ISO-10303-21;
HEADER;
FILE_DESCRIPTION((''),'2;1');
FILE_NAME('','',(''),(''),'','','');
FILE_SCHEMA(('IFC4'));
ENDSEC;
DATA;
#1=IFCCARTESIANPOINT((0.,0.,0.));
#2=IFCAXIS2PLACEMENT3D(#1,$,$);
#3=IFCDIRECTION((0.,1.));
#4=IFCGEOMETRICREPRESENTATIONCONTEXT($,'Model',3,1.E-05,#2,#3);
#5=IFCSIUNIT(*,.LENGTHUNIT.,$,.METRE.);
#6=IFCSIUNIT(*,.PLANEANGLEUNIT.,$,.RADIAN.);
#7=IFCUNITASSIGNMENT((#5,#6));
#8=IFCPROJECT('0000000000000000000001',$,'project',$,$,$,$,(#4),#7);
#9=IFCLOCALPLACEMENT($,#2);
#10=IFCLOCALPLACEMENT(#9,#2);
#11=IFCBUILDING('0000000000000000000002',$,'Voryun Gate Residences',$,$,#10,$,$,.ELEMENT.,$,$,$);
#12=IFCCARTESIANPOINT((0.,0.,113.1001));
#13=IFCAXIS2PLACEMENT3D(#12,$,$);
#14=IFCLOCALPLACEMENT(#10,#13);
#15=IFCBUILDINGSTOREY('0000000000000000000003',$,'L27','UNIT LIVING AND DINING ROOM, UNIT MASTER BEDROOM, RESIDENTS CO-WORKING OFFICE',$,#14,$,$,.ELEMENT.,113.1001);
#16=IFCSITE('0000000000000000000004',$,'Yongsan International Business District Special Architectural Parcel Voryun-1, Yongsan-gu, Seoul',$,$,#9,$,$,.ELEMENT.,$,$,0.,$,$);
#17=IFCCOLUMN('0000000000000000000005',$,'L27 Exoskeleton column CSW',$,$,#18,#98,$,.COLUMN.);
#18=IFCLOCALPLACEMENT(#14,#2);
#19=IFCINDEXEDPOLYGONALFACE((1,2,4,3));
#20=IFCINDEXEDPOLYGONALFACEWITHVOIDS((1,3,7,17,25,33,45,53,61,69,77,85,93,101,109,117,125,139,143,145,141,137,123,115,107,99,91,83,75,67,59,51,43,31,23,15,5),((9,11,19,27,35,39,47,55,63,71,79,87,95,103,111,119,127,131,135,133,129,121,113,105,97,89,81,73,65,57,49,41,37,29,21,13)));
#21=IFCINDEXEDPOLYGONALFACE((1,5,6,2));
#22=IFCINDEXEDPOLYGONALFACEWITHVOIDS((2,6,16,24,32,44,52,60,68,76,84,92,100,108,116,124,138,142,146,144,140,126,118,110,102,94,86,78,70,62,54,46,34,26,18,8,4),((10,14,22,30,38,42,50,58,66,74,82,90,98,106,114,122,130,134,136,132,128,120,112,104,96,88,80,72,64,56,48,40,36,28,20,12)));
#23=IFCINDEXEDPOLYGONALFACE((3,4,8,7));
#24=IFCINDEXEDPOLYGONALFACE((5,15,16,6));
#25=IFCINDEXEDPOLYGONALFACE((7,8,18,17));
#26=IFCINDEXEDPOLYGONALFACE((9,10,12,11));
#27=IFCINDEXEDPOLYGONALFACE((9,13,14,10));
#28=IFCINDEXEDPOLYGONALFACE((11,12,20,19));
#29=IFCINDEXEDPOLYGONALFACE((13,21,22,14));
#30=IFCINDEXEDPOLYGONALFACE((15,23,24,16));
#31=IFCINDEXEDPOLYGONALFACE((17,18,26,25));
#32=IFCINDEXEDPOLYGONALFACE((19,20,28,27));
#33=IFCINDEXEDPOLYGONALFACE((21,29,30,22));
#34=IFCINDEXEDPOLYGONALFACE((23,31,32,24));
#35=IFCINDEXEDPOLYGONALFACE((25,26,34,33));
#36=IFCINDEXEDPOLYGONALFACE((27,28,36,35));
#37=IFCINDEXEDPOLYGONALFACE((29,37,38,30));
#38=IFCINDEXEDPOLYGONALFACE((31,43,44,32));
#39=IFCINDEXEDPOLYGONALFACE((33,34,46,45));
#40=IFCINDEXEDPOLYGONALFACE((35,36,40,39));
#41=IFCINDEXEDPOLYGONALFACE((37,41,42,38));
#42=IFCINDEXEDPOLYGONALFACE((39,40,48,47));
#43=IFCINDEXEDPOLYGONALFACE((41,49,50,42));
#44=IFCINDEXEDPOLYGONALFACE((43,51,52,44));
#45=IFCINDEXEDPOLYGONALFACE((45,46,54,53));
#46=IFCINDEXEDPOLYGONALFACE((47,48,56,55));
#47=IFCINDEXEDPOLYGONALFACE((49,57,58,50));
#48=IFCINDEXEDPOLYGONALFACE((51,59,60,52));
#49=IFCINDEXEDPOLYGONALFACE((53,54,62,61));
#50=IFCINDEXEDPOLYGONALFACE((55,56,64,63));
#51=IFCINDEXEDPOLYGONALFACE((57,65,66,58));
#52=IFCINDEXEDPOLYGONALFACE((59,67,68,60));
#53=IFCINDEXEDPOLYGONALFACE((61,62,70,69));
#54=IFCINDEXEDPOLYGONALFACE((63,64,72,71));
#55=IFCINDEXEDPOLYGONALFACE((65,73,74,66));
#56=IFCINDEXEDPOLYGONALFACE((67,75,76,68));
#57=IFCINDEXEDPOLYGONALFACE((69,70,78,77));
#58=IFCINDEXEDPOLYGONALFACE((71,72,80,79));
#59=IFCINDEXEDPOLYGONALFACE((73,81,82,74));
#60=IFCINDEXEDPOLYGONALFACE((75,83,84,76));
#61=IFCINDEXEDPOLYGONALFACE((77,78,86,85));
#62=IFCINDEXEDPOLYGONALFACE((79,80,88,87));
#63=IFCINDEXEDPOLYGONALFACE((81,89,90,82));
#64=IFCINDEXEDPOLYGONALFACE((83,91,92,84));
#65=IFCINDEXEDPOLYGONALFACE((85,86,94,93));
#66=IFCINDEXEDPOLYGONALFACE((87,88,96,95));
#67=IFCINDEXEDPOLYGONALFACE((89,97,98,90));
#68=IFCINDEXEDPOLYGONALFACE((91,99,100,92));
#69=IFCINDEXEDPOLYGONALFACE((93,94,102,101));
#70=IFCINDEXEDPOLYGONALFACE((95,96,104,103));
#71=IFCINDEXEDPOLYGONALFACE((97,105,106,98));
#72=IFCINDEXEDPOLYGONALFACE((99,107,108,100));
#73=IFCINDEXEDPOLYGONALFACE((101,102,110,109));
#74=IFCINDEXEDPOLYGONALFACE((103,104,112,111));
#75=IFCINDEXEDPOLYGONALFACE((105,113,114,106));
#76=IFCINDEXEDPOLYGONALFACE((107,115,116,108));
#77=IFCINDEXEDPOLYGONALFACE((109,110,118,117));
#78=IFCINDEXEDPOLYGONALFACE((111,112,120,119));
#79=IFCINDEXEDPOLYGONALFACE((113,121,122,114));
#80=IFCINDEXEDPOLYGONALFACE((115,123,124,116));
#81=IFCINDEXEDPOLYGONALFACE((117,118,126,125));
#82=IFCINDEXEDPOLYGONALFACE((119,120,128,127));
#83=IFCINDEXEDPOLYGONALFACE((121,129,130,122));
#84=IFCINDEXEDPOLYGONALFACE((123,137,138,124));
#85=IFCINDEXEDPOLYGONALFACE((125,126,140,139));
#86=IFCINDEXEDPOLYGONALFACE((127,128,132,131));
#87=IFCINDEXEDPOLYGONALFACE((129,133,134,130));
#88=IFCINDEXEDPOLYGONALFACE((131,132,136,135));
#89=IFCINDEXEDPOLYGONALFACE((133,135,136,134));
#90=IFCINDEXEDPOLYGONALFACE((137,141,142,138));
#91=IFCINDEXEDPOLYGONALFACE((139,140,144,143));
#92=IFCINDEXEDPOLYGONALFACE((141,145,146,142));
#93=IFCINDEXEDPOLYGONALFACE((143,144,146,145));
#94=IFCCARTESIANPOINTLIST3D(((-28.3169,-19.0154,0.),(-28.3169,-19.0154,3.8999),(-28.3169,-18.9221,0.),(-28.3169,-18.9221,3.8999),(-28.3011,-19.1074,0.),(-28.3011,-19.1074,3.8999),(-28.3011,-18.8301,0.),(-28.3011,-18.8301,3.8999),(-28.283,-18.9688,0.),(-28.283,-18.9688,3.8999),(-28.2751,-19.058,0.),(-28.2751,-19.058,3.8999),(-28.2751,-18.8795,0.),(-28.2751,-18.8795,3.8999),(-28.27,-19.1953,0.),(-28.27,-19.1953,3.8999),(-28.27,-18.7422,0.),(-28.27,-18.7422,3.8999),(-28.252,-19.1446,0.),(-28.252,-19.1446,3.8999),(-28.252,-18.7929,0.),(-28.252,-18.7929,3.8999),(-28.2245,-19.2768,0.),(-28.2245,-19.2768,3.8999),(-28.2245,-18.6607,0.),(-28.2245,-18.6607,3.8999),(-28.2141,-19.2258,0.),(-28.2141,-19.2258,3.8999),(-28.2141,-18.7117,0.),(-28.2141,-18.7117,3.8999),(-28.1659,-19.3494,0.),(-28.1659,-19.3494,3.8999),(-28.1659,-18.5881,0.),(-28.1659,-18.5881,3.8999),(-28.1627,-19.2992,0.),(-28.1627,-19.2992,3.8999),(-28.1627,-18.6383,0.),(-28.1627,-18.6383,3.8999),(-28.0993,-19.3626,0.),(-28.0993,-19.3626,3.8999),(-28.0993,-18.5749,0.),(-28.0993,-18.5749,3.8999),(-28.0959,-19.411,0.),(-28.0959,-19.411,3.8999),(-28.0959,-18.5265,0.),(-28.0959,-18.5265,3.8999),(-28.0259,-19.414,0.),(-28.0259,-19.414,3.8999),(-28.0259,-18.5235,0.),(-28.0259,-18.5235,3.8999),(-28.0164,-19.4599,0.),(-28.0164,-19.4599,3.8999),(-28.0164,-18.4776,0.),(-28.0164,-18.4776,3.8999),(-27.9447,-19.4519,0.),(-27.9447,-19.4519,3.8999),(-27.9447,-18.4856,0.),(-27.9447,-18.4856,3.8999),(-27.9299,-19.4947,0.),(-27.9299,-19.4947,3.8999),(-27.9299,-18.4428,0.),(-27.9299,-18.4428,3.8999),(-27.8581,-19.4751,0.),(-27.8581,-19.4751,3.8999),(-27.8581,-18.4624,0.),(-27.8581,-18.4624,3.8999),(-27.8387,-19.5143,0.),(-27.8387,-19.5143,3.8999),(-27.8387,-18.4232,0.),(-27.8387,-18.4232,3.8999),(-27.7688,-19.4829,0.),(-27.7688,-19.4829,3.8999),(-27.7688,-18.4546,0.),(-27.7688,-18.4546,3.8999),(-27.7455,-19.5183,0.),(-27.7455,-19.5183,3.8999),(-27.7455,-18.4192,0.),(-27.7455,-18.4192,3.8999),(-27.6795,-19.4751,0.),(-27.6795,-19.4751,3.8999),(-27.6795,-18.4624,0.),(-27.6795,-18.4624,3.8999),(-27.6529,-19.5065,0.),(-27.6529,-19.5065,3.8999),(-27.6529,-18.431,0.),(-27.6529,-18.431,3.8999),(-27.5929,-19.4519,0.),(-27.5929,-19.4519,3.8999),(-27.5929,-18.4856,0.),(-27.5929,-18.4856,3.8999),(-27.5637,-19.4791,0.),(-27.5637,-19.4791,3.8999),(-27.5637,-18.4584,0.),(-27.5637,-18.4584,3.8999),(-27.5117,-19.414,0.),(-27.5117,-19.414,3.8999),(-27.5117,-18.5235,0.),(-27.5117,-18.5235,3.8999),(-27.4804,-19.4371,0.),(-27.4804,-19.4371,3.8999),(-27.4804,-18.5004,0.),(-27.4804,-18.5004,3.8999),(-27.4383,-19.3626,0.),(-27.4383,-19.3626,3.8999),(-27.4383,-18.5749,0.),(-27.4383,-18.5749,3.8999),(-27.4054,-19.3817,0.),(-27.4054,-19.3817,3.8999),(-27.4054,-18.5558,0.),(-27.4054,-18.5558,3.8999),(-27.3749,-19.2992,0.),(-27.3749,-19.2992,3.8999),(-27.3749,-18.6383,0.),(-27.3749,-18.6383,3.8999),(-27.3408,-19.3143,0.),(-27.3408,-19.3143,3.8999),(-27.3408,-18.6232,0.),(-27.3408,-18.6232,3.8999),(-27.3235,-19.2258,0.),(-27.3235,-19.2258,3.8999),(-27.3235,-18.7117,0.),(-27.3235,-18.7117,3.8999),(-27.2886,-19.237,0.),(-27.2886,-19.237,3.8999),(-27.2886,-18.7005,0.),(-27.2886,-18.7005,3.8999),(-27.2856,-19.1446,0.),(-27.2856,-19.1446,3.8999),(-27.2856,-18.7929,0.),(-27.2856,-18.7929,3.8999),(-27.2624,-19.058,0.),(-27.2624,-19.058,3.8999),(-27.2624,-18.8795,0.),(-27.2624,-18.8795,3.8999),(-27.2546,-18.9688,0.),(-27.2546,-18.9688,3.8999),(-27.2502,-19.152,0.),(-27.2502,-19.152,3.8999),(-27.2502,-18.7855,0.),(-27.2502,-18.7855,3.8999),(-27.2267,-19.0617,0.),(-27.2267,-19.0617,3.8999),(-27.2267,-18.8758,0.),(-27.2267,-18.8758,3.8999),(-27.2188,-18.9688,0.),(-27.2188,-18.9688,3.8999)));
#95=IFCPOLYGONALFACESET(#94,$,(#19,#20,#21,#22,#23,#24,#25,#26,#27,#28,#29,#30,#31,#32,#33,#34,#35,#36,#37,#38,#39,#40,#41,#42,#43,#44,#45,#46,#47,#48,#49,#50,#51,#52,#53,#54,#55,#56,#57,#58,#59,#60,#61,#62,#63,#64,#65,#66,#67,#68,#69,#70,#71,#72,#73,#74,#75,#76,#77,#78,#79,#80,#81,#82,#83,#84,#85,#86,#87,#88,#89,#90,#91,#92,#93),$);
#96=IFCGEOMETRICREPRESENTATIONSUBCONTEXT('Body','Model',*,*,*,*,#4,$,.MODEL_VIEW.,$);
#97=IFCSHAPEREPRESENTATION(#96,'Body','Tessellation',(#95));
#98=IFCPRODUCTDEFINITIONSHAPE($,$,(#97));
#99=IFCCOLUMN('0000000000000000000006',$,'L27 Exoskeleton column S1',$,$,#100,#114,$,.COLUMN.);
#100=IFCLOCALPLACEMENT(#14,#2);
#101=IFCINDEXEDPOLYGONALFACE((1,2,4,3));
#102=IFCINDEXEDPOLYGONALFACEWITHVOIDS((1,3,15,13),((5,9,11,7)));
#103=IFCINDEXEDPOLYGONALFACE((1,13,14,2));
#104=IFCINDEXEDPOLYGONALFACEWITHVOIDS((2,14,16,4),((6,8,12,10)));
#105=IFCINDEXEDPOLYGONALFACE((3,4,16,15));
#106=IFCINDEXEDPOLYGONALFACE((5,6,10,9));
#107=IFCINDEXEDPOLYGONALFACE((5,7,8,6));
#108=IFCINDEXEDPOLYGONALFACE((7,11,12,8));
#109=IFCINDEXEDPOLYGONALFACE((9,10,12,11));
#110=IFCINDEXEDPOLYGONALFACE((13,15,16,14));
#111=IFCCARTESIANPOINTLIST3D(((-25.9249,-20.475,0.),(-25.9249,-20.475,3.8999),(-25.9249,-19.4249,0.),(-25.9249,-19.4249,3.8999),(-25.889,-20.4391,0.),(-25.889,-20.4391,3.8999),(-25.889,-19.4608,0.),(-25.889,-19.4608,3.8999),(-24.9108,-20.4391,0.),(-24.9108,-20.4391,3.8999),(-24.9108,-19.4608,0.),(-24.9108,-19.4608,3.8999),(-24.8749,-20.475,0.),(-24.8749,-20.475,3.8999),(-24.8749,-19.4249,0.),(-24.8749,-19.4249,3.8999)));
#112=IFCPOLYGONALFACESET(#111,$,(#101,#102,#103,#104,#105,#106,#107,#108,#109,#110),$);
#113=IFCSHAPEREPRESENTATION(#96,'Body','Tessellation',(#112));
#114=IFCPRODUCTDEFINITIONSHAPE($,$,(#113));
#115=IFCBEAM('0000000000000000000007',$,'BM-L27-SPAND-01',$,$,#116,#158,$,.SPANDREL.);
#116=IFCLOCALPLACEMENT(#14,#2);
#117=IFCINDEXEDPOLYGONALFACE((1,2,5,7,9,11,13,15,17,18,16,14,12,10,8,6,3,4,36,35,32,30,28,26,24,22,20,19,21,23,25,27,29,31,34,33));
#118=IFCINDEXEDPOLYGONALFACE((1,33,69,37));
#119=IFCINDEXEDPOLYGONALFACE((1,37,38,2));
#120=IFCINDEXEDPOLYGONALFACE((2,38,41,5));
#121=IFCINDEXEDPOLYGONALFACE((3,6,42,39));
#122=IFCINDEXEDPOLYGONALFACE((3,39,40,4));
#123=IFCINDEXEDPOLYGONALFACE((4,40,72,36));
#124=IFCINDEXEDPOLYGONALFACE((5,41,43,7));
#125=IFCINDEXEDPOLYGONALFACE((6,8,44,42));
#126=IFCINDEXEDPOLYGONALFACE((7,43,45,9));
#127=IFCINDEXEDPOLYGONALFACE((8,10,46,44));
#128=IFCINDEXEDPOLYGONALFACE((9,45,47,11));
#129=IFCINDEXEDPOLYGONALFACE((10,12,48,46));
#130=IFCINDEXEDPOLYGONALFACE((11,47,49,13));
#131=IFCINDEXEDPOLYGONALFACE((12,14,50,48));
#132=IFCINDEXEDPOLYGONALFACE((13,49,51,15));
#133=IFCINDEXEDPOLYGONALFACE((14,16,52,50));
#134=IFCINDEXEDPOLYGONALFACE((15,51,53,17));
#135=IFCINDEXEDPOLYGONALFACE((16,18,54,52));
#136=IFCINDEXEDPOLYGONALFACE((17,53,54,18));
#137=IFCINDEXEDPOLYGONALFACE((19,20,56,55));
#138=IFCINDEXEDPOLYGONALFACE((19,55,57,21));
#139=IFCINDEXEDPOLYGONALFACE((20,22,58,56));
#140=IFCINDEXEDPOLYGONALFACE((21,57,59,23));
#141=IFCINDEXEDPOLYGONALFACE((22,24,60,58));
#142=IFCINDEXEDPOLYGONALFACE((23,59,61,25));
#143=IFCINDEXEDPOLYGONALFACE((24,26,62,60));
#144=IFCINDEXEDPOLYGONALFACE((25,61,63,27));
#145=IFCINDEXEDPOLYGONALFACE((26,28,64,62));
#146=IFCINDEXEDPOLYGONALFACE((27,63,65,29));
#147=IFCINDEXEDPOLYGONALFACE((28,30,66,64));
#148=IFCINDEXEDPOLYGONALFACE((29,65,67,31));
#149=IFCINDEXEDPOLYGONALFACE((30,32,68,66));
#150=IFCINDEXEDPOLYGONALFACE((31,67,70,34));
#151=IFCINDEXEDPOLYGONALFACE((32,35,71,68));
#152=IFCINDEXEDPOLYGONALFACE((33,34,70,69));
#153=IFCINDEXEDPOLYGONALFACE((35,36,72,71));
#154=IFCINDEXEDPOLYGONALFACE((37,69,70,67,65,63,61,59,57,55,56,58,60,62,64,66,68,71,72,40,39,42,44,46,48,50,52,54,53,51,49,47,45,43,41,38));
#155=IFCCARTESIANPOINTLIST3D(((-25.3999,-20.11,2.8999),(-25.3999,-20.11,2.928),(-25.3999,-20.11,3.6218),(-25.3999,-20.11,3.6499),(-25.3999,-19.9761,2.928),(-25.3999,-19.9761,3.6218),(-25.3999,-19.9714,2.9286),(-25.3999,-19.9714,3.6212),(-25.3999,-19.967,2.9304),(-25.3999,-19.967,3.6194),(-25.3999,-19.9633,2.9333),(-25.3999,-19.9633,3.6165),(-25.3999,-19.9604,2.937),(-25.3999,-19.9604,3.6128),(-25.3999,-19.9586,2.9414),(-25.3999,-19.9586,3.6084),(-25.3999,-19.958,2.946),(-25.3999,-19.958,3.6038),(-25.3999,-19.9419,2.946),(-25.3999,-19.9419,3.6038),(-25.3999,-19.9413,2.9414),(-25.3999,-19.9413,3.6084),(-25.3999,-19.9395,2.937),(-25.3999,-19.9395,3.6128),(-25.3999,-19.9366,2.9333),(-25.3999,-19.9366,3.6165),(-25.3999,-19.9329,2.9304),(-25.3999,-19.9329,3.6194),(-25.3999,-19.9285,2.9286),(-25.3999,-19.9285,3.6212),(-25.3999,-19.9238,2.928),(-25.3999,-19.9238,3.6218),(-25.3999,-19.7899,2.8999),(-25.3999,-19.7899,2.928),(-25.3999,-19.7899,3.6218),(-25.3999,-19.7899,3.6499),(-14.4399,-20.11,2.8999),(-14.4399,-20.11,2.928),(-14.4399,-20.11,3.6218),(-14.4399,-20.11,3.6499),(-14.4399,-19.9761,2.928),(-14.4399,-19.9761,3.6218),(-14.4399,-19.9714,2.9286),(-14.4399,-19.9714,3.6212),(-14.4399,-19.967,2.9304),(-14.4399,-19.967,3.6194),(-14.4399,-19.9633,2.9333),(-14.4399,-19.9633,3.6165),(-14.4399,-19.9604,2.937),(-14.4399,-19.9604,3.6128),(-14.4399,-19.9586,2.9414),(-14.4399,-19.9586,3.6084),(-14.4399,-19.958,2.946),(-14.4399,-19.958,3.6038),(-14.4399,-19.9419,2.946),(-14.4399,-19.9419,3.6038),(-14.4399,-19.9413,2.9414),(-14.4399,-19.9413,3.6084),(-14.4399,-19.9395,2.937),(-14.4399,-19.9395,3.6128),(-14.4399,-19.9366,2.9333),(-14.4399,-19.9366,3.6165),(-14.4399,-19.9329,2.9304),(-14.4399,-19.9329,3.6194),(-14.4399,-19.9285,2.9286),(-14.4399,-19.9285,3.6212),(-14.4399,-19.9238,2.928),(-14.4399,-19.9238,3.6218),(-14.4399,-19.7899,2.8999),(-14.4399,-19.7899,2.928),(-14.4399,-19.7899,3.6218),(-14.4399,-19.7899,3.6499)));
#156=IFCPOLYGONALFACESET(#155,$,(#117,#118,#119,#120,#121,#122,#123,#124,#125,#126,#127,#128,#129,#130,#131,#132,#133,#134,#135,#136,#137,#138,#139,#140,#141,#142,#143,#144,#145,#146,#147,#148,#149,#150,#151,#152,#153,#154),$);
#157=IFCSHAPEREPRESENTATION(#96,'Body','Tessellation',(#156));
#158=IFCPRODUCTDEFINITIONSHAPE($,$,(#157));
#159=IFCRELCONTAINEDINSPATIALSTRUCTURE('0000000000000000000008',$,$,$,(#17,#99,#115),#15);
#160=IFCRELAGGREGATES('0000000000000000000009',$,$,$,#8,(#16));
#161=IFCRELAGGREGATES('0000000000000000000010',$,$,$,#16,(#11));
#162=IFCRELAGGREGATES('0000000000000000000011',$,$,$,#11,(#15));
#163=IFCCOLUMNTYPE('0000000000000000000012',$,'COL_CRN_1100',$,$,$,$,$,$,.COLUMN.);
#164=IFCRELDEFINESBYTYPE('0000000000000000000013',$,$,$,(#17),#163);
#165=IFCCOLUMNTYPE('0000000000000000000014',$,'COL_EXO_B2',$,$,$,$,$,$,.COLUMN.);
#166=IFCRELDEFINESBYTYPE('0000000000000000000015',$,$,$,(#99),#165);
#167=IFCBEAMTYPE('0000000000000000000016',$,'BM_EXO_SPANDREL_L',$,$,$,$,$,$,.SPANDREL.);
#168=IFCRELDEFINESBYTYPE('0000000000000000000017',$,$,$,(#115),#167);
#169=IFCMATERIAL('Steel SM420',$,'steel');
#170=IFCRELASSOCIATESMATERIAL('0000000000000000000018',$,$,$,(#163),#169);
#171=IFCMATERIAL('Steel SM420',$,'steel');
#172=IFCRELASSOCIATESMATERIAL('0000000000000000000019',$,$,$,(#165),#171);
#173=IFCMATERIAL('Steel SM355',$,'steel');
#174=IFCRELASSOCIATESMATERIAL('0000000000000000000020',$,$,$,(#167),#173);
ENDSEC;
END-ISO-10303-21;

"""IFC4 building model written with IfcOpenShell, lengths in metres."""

from ifc_helpers import new_model, si_unit, direction, frame, origin, origin_2d, place, context, subcontext, project, spatial, hollow_rectangle, hollow_circle, i_section, extrude, material, material_profile, profile_set, type_object, element, save


model = new_model("IFC4")

# Units and contexts
model_context = context("Model", 3, precision=1e-05, world=origin(), true_north=direction((0.0, 1.0)))
body_context = subcontext(model_context, "Body", "Model", "MODEL_VIEW")
ifc_project = project(units=[si_unit("LENGTHUNIT", "METRE"), si_unit("PLANEANGLEUNIT", "RADIAN")], contexts=[model_context])

# Site, building, storey
site_placement = place(None, origin())
site = spatial("IfcSite", under=ifc_project, at=site_placement, Name="Yongsan International Business District Special Architectural Parcel Voryun-1, Yongsan-gu, Seoul", CompositionType="ELEMENT", RefElevation=0.0)
building_placement = place(site_placement, origin())
building = spatial("IfcBuilding", under=site, at=building_placement, Name="Voryun Gate Residences", CompositionType="ELEMENT")
storey_placement = place(building_placement, frame((0.0, 0.0, 113.1001)))
storey = spatial("IfcBuildingStorey", under=building, at=storey_placement, Name="L27", Description="UNIT LIVING AND DINING ROOM, UNIT MASTER BEDROOM, RESIDENTS CO-WORKING OFFICE", CompositionType="ELEMENT", Elevation=113.1001)

# Columns
ifc_material_1 = material(Name="Steel SM420", Category="steel")
ifc_material_profile_1 = material_profile(ifc_material_1, hollow_circle(Radius=0.55, WallThickness=0.0359, at=origin_2d()), Name="CHS-1100x36")
ifc_profile_set_1 = profile_set([ifc_material_profile_1], Name="Steel SM420")
column_type_1 = type_object("IfcColumnType", Name="COL_CRN_1100", PredefinedType="COLUMN", material=ifc_profile_set_1)
column_1_placement = place(storey_placement, frame((-27.7688, -18.9688, 0.0), z_axis=(0.0, 0.0, 1.0), x_axis=(1.0, 0.0, 0.0)))
element("IfcColumn", 1, at=column_1_placement, inside=storey, type_object=column_type_1, Name="L27 Exoskeleton column CSW", PredefinedType="COLUMN", context=body_context, shape_type="SweptSolid", body=[
    extrude(hollow_circle(Radius=0.55, WallThickness=0.0359, at=origin_2d()), origin(), (0.0, 0.0, 1.0), 3.8999),
])
ifc_material_2 = material(Name="Steel SM420", Category="steel")
ifc_material_profile_2 = material_profile(ifc_material_2, hollow_rectangle(XDim=1.05, YDim=1.05, WallThickness=0.0359, at=origin_2d()), Name="BOX-1050x1050x36")
ifc_profile_set_2 = profile_set([ifc_material_profile_2], Name="Steel SM420")
column_type_2 = type_object("IfcColumnType", Name="COL_EXO_B2", PredefinedType="COLUMN", material=ifc_profile_set_2)
column_2_placement = place(storey_placement, frame((-25.3999, -19.95, 0.0), z_axis=(0.0, 0.0, 1.0), x_axis=(1.0, 0.0, 0.0)))
element("IfcColumn", 2, at=column_2_placement, inside=storey, type_object=column_type_2, Name="L27 Exoskeleton column S1", PredefinedType="COLUMN", context=body_context, shape_type="SweptSolid", body=[
    extrude(hollow_rectangle(XDim=1.05, YDim=1.05, WallThickness=0.0359, at=origin_2d()), origin(), (0.0, 0.0, 1.0), 3.8999),
])

# Beam
ifc_material_3 = material(Name="Steel SM355", Category="steel")
ifc_material_profile_3 = material_profile(ifc_material_3, i_section(OverallWidth=0.3201, OverallDepth=0.75, WebThickness=0.0161, FlangeThickness=0.0281, FilletRadius=0.0181, at=origin_2d()), Name="H-750x320x16x28")
ifc_profile_set_3 = profile_set([ifc_material_profile_3], Name="Steel SM355")
beam_type = type_object("IfcBeamType", Name="BM_EXO_SPANDREL_L", PredefinedType="SPANDREL", material=ifc_profile_set_3)
beam_1_placement = place(storey_placement, frame((-25.3999, -19.95, 3.2749), z_axis=(1.0, 0.0, 0.0), x_axis=(0.0, 1.0, 0.0)))
element("IfcBeam", 3, at=beam_1_placement, inside=storey, type_object=beam_type, Name="BM-L27-SPAND-01", PredefinedType="SPANDREL", context=body_context, shape_type="SweptSolid", body=[
    extrude(i_section(OverallWidth=0.3201, OverallDepth=0.75, WebThickness=0.0161, FlangeThickness=0.0281, FilletRadius=0.0181, at=origin_2d()), origin(), (0.0, 0.0, 1.0), 10.96),
])

save(model, "model.ifc")
